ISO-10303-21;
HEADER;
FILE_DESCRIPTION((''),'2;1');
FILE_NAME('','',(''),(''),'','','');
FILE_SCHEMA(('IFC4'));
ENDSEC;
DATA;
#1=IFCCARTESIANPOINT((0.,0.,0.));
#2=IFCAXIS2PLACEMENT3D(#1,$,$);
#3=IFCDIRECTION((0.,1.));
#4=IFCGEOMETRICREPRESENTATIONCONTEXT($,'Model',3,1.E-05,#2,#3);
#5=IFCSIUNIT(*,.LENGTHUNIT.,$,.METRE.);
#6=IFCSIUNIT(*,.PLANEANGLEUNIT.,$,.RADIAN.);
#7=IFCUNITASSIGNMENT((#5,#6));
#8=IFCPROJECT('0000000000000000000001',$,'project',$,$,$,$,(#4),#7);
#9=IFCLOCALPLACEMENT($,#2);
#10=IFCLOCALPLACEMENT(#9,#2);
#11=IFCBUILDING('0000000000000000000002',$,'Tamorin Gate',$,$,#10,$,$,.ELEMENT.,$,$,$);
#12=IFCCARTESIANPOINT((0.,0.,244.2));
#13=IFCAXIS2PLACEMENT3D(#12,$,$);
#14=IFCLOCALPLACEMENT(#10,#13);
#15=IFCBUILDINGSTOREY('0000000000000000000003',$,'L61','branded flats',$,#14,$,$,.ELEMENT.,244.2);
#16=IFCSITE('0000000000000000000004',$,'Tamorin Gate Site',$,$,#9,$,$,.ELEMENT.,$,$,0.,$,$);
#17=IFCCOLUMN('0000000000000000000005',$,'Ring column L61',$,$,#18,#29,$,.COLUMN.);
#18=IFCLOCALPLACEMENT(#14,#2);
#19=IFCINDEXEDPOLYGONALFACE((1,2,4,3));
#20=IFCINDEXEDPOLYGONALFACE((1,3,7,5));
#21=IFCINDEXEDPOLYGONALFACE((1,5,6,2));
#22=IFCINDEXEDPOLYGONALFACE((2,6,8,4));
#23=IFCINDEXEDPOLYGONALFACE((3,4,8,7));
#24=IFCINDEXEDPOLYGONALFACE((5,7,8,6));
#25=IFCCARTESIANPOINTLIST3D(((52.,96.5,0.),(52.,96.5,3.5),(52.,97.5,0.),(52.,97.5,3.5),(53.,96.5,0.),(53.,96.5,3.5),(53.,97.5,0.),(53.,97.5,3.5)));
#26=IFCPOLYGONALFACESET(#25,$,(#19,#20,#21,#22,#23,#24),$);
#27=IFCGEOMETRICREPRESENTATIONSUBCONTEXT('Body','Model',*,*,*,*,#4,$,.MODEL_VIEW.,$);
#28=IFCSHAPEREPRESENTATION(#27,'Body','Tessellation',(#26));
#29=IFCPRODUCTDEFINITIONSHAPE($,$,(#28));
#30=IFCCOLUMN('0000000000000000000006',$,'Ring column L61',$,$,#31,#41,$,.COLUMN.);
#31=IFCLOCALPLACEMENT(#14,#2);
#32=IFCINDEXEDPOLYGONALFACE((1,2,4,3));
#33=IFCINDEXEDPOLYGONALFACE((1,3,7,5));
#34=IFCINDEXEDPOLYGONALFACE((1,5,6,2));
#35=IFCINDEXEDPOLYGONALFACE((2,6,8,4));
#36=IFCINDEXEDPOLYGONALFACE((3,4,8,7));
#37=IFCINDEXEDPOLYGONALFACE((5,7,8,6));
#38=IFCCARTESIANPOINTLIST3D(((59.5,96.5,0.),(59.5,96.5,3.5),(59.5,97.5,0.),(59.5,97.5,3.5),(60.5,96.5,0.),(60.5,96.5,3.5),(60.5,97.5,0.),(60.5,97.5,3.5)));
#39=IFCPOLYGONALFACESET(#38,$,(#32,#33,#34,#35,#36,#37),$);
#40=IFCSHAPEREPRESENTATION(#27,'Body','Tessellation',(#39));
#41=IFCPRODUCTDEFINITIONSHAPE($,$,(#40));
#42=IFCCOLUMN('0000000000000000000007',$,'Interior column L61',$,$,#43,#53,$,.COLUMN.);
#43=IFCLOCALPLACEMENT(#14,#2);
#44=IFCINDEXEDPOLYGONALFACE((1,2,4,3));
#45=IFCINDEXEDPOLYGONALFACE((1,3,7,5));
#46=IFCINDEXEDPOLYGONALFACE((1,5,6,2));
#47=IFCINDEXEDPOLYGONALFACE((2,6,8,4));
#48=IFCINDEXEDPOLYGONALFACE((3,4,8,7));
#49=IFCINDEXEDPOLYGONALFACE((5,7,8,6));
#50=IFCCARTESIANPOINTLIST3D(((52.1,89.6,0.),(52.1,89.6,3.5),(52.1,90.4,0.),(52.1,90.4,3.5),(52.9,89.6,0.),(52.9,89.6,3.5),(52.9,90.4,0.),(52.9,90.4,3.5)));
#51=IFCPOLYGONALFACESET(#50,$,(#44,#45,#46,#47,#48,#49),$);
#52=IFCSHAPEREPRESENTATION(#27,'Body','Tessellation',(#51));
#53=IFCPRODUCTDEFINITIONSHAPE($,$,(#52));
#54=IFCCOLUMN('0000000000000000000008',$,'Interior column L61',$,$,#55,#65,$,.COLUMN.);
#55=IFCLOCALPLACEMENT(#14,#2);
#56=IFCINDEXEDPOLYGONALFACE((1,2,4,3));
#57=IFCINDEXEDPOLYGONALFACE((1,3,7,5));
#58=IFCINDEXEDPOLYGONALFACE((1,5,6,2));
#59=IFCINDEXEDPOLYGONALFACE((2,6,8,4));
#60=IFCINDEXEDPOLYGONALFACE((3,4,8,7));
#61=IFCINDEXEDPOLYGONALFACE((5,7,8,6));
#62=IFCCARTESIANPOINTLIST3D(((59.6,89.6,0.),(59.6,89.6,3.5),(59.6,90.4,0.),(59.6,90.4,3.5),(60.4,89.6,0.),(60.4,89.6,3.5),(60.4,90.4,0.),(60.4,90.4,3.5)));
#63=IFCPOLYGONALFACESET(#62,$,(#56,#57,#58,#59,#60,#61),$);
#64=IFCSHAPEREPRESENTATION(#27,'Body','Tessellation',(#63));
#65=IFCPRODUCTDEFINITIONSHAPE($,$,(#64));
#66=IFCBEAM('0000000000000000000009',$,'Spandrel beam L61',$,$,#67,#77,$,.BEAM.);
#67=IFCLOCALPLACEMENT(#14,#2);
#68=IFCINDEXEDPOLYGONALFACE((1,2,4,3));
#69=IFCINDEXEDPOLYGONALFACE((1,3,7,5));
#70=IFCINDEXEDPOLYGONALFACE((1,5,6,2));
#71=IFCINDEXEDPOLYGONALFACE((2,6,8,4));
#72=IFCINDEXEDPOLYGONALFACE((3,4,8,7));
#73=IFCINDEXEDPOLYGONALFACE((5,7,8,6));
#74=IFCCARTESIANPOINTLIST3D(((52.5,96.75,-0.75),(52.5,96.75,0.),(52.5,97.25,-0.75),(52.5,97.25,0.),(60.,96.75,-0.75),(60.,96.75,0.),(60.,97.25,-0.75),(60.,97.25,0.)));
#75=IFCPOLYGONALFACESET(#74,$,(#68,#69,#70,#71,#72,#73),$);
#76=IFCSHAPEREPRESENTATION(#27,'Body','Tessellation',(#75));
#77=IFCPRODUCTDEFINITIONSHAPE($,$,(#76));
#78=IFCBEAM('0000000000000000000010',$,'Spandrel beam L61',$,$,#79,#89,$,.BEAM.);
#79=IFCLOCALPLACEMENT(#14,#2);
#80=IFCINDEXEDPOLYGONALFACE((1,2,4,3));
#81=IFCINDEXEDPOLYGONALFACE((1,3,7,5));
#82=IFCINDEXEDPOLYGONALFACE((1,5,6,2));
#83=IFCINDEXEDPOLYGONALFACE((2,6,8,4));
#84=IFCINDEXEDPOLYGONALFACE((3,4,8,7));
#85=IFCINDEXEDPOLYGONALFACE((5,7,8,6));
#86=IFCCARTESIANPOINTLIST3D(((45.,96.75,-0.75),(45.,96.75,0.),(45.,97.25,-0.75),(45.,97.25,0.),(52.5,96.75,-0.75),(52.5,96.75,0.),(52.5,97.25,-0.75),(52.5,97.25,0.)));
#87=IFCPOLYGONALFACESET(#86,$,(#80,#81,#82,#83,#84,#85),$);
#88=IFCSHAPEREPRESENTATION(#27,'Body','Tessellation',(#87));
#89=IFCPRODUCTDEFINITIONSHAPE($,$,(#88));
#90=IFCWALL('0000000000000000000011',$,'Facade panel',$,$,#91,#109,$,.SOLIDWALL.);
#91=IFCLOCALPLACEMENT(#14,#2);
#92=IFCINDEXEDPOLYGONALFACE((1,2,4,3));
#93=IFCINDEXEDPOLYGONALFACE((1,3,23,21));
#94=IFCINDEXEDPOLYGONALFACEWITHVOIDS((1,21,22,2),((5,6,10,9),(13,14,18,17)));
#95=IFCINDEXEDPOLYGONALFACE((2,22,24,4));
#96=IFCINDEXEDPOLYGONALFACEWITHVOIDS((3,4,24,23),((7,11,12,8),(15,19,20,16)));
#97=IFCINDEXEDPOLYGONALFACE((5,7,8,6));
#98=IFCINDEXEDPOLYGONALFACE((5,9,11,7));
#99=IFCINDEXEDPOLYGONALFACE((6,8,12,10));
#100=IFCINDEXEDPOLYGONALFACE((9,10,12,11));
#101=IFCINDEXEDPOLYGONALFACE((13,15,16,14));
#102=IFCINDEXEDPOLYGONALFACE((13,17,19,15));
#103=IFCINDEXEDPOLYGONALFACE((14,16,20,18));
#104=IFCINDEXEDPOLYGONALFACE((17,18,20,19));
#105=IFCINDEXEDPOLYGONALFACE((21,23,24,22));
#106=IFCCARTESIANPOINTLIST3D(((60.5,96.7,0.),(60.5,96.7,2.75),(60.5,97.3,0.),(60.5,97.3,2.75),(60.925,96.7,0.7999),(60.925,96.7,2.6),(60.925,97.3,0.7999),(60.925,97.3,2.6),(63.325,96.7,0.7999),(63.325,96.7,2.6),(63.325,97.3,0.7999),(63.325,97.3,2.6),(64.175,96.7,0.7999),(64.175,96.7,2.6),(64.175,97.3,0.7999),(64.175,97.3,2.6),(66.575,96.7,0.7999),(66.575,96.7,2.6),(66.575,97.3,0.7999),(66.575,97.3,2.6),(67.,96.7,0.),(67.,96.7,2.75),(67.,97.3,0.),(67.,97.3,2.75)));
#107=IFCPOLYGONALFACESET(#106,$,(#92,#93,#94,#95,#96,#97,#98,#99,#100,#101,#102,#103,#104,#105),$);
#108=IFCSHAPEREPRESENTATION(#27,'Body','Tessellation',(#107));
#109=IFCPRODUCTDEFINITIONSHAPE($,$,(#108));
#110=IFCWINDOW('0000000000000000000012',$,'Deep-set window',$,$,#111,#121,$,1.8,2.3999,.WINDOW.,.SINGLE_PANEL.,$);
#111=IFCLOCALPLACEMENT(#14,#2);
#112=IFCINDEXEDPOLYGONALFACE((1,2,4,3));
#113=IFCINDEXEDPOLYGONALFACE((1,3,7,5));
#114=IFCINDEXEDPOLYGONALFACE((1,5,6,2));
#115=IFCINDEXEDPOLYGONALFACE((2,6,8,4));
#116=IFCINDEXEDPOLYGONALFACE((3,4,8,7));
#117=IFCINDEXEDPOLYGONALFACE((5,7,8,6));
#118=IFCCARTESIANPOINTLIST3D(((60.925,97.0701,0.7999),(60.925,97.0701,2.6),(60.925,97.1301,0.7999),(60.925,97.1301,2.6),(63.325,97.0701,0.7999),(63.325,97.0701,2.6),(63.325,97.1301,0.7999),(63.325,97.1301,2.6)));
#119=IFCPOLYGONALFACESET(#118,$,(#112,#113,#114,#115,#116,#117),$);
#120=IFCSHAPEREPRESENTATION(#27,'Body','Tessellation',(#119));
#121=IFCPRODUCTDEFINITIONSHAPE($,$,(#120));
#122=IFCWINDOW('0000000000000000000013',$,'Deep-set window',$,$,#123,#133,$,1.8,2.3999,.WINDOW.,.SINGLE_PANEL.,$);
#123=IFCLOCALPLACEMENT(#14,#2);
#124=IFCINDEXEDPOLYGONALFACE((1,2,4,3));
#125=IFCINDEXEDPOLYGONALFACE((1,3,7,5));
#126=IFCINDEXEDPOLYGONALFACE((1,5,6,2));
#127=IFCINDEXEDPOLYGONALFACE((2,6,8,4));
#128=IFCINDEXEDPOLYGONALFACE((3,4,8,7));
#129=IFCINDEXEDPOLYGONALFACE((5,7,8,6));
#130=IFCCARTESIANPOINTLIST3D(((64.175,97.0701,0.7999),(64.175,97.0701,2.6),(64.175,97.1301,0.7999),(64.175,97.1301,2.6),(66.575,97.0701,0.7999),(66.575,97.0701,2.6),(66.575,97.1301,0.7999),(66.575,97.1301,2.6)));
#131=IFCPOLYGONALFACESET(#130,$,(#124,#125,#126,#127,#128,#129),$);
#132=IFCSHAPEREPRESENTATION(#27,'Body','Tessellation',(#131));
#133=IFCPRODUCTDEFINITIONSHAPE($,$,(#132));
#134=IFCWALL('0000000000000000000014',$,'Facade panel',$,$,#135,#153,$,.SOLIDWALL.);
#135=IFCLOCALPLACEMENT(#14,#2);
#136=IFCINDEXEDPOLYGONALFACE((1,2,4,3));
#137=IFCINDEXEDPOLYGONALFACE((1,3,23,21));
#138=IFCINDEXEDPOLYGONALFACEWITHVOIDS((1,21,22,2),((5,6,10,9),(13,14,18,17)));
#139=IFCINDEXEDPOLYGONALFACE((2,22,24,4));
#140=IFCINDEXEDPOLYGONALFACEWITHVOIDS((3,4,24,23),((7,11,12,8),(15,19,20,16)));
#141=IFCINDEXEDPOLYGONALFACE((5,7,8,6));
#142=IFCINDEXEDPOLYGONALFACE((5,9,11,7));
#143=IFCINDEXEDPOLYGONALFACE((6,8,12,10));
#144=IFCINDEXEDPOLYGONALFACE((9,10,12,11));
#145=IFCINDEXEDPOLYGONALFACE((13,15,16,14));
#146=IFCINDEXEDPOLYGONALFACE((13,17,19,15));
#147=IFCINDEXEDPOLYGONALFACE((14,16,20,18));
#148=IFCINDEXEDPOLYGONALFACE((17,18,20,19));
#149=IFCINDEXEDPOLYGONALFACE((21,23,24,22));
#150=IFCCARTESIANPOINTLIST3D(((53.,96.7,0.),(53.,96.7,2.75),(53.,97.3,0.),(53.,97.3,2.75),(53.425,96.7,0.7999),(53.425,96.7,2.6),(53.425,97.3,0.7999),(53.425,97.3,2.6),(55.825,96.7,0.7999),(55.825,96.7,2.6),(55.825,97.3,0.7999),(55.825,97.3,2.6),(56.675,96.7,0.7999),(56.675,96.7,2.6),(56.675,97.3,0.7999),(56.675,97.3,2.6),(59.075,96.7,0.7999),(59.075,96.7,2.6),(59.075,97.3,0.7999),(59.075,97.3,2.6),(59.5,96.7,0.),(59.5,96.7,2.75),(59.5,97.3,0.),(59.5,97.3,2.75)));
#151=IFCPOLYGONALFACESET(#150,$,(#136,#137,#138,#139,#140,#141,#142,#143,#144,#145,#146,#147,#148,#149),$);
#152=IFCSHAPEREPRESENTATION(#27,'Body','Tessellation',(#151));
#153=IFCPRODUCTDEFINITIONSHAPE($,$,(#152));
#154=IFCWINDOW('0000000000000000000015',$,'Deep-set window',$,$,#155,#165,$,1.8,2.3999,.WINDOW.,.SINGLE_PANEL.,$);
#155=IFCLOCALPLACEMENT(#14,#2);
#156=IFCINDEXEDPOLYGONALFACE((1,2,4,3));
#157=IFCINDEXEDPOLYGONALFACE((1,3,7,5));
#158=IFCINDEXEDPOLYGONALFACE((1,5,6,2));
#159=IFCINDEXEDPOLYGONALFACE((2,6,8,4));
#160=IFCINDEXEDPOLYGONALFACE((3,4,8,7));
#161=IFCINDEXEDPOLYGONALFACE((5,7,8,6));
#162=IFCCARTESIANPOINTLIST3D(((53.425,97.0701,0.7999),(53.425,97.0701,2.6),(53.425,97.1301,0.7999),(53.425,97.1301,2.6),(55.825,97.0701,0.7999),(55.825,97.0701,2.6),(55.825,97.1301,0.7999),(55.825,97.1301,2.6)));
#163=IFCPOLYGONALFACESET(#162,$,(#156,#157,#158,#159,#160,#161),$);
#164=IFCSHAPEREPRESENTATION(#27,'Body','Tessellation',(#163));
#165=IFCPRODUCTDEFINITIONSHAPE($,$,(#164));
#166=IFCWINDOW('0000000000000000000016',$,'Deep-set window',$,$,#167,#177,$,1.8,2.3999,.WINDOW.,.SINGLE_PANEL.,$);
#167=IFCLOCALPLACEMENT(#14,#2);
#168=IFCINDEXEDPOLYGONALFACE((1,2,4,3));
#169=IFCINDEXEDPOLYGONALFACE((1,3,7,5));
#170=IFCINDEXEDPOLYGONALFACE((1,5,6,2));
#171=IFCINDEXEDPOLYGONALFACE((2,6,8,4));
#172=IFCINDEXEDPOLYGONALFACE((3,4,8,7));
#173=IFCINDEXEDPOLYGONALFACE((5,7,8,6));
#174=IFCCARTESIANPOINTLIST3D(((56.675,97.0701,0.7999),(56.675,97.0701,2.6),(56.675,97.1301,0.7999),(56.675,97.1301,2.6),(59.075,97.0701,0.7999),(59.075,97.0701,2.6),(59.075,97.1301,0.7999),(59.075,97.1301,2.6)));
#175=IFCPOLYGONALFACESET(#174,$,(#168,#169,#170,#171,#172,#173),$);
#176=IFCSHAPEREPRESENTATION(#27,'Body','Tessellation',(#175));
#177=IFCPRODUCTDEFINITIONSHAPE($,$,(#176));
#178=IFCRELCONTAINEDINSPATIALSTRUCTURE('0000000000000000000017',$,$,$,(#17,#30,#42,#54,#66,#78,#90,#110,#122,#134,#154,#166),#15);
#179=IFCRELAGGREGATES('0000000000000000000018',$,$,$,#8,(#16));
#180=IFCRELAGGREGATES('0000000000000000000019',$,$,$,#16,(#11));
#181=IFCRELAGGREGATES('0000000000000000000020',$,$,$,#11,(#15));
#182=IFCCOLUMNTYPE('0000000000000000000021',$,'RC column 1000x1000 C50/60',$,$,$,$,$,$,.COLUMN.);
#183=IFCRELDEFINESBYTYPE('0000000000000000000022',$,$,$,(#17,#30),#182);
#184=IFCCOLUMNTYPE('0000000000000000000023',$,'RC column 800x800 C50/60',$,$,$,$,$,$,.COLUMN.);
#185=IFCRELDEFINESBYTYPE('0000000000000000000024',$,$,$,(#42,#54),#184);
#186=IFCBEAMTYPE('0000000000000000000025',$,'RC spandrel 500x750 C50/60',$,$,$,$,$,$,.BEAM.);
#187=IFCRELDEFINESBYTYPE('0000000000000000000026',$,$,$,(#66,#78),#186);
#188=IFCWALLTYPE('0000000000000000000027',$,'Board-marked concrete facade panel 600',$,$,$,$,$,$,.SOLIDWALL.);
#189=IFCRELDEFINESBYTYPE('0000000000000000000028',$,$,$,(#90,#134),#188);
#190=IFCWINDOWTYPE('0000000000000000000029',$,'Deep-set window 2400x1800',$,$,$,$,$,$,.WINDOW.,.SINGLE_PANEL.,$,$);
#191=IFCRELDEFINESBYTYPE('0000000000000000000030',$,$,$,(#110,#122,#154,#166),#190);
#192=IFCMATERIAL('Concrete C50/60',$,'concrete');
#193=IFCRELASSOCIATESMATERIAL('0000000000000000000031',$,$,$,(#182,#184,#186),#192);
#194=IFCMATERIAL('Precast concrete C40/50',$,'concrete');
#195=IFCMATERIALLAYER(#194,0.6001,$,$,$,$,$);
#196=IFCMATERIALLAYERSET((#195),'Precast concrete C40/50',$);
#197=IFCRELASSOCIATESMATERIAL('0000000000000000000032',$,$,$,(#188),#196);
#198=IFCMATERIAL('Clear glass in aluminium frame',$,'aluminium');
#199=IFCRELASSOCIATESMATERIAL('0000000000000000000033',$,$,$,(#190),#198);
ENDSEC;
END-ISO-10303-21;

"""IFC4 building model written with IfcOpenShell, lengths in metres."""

from ifc_helpers import new_model, si_unit, direction, frame, frame_2d, origin, origin_2d, place, context, subcontext, project, spatial, rectangle, extrude, material, layer, layer_set, material_profile, profile_set, type_object, element, fill, save


model = new_model("IFC4")

# Units and contexts
model_context = context("Model", 3, precision=1e-05, world=origin(), true_north=direction((0.0, 1.0)))
body_context = subcontext(model_context, "Body", "Model", "MODEL_VIEW")
ifc_project = project(units=[si_unit("LENGTHUNIT", "METRE"), si_unit("PLANEANGLEUNIT", "RADIAN")], contexts=[model_context])

# Site, building, storey
site_placement = place(None, origin())
site = spatial("IfcSite", under=ifc_project, at=site_placement, Name="Tamorin Gate Site", CompositionType="ELEMENT", RefElevation=0.0)
building_placement = place(site_placement, origin())
building = spatial("IfcBuilding", under=site, at=building_placement, Name="Tamorin Gate", CompositionType="ELEMENT")
storey_placement = place(building_placement, frame((0.0, 0.0, 244.2)))
storey = spatial("IfcBuildingStorey", under=building, at=storey_placement, Name="L61", Description="branded flats", CompositionType="ELEMENT", Elevation=244.2)

# Columns
ifc_material_1 = material(Name="Concrete C50/60", Category="concrete")
ifc_material_profile_1 = material_profile(ifc_material_1, rectangle(XDim=1.0, YDim=1.0, at=origin_2d()), Name="RC 1000x1000")
ifc_profile_set_1 = profile_set([ifc_material_profile_1], Name="Concrete C50/60")
column_type_1 = type_object("IfcColumnType", Name="RC column 1000x1000 C50/60", PredefinedType="COLUMN", material=ifc_profile_set_1)
for number, where, z_axis, x_axis, name in (
    (1, (52.5, 97.0, 0.0), (0.0, 0.0, 1.0), (1.0, 0.0, 0.0), "Ring column L61"),
    (2, (60.0, 97.0, 0.0), (0.0, 0.0, 1.0), (1.0, 0.0, 0.0), "Ring column L61"),
):
    element("IfcColumn", number, at=place(storey_placement, frame(where, z_axis=z_axis, x_axis=x_axis)), inside=storey, type_object=column_type_1, Name=name, PredefinedType="COLUMN", context=body_context, shape_type="SweptSolid", body=[
        extrude(rectangle(XDim=1.0, YDim=1.0, at=origin_2d()), origin(), (0.0, 0.0, 1.0), 3.5),
    ])
ifc_material_profile_2 = material_profile(ifc_material_1, rectangle(XDim=0.8, YDim=0.8, at=origin_2d()), Name="RC 800x800")
ifc_profile_set_2 = profile_set([ifc_material_profile_2], Name="Concrete C50/60")
column_type_2 = type_object("IfcColumnType", Name="RC column 800x800 C50/60", PredefinedType="COLUMN", material=ifc_profile_set_2)
for number, where, z_axis, x_axis, name in (
    (3, (52.5, 90.0, 0.0), (0.0, 0.0, 1.0), (1.0, 0.0, 0.0), "Interior column L61"),
    (4, (60.0, 90.0, 0.0), (0.0, 0.0, 1.0), (1.0, 0.0, 0.0), "Interior column L61"),
):
    element("IfcColumn", number, at=place(storey_placement, frame(where, z_axis=z_axis, x_axis=x_axis)), inside=storey, type_object=column_type_2, Name=name, PredefinedType="COLUMN", context=body_context, shape_type="SweptSolid", body=[
        extrude(rectangle(XDim=0.8, YDim=0.8, at=origin_2d()), origin(), (0.0, 0.0, 1.0), 3.5),
    ])

# Beams
ifc_material_profile_3 = material_profile(ifc_material_1, rectangle(XDim=0.5, YDim=0.75, at=origin_2d()), Name="RC 500x750")
ifc_profile_set_3 = profile_set([ifc_material_profile_3], Name="Concrete C50/60")
beam_type = type_object("IfcBeamType", Name="RC spandrel 500x750 C50/60", PredefinedType="BEAM", material=ifc_profile_set_3)
for number, where, z_axis, x_axis, name in (
    (5, (60.0, 97.0, -0.375), (-1.0, 0.0, 0.0), (0.0, -1.0, 0.0), "Spandrel beam L61"),
    (6, (52.5, 97.0, -0.375), (-1.0, 0.0, 0.0), (0.0, -1.0, 0.0), "Spandrel beam L61"),
):
    element("IfcBeam", number, at=place(storey_placement, frame(where, z_axis=z_axis, x_axis=x_axis)), inside=storey, type_object=beam_type, Name=name, PredefinedType="BEAM", context=body_context, shape_type="SweptSolid", body=[
        extrude(rectangle(XDim=0.5, YDim=0.75, at=origin_2d()), origin(), (0.0, 0.0, 1.0), 7.5),
    ])

# Walls, openings, windows
ifc_material_2 = material(Name="Precast concrete C40/50", Category="concrete")
ifc_layer_1 = layer(ifc_material_2, 0.6001)
ifc_layer_set_1 = layer_set([ifc_layer_1], Name="Precast concrete C40/50")
wall_type_1 = type_object("IfcWallType", Name="Board-marked concrete facade panel 600", PredefinedType="SOLIDWALL", material=ifc_layer_set_1)
wall_1_placement = place(storey_placement, frame((67.0, 97.0, 0.0), z_axis=(0.0, 0.0, 1.0), x_axis=(-1.0, 0.0, 0.0)))
wall_1 = element("IfcWall", 7, at=wall_1_placement, inside=storey, type_object=wall_type_1, Name="Facade panel", PredefinedType="SOLIDWALL", context=body_context, shape_type="SweptSolid", body=[
    extrude(rectangle(XDim=6.5, YDim=0.6001, at=frame_2d((3.25, 0.0))), origin(), (0.0, 0.0, 1.0), 2.75),
])
opening_1_placement = place(wall_1_placement, frame((3.675, 0.0, 0.8)))
opening_1 = element("IfcOpeningElement", 8, at=opening_1_placement, cuts=wall_1, PredefinedType="OPENING", context=body_context, shape_type="SweptSolid", body=[
    extrude(rectangle(XDim=2.3999, YDim=1.8, at=frame_2d((1.2, 0.8999))), frame((0.0, 0.3101, 0.0), z_axis=(0.0, -1.0, 0.0), x_axis=(1.0, 0.0, 0.0)), (0.0, 0.0, 1.0), 0.6201),
])
opening_2_placement = place(wall_1_placement, frame((0.425, 0.0, 0.8)))
opening_2 = element("IfcOpeningElement", 9, at=opening_2_placement, cuts=wall_1, PredefinedType="OPENING", context=body_context, shape_type="SweptSolid", body=[
    extrude(rectangle(XDim=2.3999, YDim=1.8, at=frame_2d((1.2, 0.8999))), frame((0.0, 0.3101, 0.0), z_axis=(0.0, -1.0, 0.0), x_axis=(1.0, 0.0, 0.0)), (0.0, 0.0, 1.0), 0.6201),
])
ifc_material_3 = material(Name="Clear glass in aluminium frame", Category="aluminium")
window_type = type_object("IfcWindowType", Name="Deep-set window 2400x1800", PartitioningType="SINGLE_PANEL", PredefinedType="WINDOW", material=ifc_material_3)
window_1_placement = place(opening_1_placement, origin())
window_1 = element("IfcWindow", 10, at=window_1_placement, inside=storey, type_object=window_type, Name="Deep-set window", OverallHeight=1.8, OverallWidth=2.3999, PartitioningType="SINGLE_PANEL", PredefinedType="WINDOW", context=body_context, shape_type="SweptSolid", body=[
    extrude(rectangle(XDim=2.3999, YDim=1.8, at=frame_2d((1.2, 0.8999))), frame((0.0, -0.0701, 0.0), z_axis=(0.0, -1.0, 0.0), x_axis=(1.0, 0.0, 0.0)), (0.0, 0.0, 1.0), 0.0601),
])
fill(opening_1, window_1)
window_2_placement = place(opening_2_placement, origin())
window_2 = element("IfcWindow", 11, at=window_2_placement, inside=storey, type_object=window_type, Name="Deep-set window", OverallHeight=1.8, OverallWidth=2.3999, PartitioningType="SINGLE_PANEL", PredefinedType="WINDOW", context=body_context, shape_type="SweptSolid", body=[
    extrude(rectangle(XDim=2.3999, YDim=1.8, at=frame_2d((1.2, 0.8999))), frame((0.0, -0.0701, 0.0), z_axis=(0.0, -1.0, 0.0), x_axis=(1.0, 0.0, 0.0)), (0.0, 0.0, 1.0), 0.0601),
])
fill(opening_2, window_2)
wall_2_placement = place(storey_placement, frame((59.5, 97.0, 0.0), z_axis=(0.0, 0.0, 1.0), x_axis=(-1.0, 0.0, 0.0)))
wall_2 = element("IfcWall", 12, at=wall_2_placement, inside=storey, type_object=wall_type_1, Name="Facade panel", PredefinedType="SOLIDWALL", context=body_context, shape_type="SweptSolid", body=[
    extrude(rectangle(XDim=6.5, YDim=0.6001, at=frame_2d((3.25, 0.0))), origin(), (0.0, 0.0, 1.0), 2.75),
])
opening_3_placement = place(wall_2_placement, frame((3.675, 0.0, 0.8)))
opening_3 = element("IfcOpeningElement", 13, at=opening_3_placement, cuts=wall_2, PredefinedType="OPENING", context=body_context, shape_type="SweptSolid", body=[
    extrude(rectangle(XDim=2.3999, YDim=1.8, at=frame_2d((1.2, 0.8999))), frame((0.0, 0.3101, 0.0), z_axis=(0.0, -1.0, 0.0), x_axis=(1.0, 0.0, 0.0)), (0.0, 0.0, 1.0), 0.6201),
])
opening_4_placement = place(wall_2_placement, frame((0.425, 0.0, 0.8)))
opening_4 = element("IfcOpeningElement", 14, at=opening_4_placement, cuts=wall_2, PredefinedType="OPENING", context=body_context, shape_type="SweptSolid", body=[
    extrude(rectangle(XDim=2.3999, YDim=1.8, at=frame_2d((1.2, 0.8999))), frame((0.0, 0.3101, 0.0), z_axis=(0.0, -1.0, 0.0), x_axis=(1.0, 0.0, 0.0)), (0.0, 0.0, 1.0), 0.6201),
])
window_3_placement = place(opening_3_placement, origin())
window_3 = element("IfcWindow", 15, at=window_3_placement, inside=storey, type_object=window_type, Name="Deep-set window", OverallHeight=1.8, OverallWidth=2.3999, PartitioningType="SINGLE_PANEL", PredefinedType="WINDOW", context=body_context, shape_type="SweptSolid", body=[
    extrude(rectangle(XDim=2.3999, YDim=1.8, at=frame_2d((1.2, 0.8999))), frame((0.0, -0.0701, 0.0), z_axis=(0.0, -1.0, 0.0), x_axis=(1.0, 0.0, 0.0)), (0.0, 0.0, 1.0), 0.0601),
])
fill(opening_3, window_3)
window_4_placement = place(opening_4_placement, origin())
window_4 = element("IfcWindow", 16, at=window_4_placement, inside=storey, type_object=window_type, Name="Deep-set window", OverallHeight=1.8, OverallWidth=2.3999, PartitioningType="SINGLE_PANEL", PredefinedType="WINDOW", context=body_context, shape_type="SweptSolid", body=[
    extrude(rectangle(XDim=2.3999, YDim=1.8, at=frame_2d((1.2, 0.8999))), frame((0.0, -0.0701, 0.0), z_axis=(0.0, -1.0, 0.0), x_axis=(1.0, 0.0, 0.0)), (0.0, 0.0, 1.0), 0.0601),
])
fill(opening_4, window_4)

save(model, "model.ifc")
